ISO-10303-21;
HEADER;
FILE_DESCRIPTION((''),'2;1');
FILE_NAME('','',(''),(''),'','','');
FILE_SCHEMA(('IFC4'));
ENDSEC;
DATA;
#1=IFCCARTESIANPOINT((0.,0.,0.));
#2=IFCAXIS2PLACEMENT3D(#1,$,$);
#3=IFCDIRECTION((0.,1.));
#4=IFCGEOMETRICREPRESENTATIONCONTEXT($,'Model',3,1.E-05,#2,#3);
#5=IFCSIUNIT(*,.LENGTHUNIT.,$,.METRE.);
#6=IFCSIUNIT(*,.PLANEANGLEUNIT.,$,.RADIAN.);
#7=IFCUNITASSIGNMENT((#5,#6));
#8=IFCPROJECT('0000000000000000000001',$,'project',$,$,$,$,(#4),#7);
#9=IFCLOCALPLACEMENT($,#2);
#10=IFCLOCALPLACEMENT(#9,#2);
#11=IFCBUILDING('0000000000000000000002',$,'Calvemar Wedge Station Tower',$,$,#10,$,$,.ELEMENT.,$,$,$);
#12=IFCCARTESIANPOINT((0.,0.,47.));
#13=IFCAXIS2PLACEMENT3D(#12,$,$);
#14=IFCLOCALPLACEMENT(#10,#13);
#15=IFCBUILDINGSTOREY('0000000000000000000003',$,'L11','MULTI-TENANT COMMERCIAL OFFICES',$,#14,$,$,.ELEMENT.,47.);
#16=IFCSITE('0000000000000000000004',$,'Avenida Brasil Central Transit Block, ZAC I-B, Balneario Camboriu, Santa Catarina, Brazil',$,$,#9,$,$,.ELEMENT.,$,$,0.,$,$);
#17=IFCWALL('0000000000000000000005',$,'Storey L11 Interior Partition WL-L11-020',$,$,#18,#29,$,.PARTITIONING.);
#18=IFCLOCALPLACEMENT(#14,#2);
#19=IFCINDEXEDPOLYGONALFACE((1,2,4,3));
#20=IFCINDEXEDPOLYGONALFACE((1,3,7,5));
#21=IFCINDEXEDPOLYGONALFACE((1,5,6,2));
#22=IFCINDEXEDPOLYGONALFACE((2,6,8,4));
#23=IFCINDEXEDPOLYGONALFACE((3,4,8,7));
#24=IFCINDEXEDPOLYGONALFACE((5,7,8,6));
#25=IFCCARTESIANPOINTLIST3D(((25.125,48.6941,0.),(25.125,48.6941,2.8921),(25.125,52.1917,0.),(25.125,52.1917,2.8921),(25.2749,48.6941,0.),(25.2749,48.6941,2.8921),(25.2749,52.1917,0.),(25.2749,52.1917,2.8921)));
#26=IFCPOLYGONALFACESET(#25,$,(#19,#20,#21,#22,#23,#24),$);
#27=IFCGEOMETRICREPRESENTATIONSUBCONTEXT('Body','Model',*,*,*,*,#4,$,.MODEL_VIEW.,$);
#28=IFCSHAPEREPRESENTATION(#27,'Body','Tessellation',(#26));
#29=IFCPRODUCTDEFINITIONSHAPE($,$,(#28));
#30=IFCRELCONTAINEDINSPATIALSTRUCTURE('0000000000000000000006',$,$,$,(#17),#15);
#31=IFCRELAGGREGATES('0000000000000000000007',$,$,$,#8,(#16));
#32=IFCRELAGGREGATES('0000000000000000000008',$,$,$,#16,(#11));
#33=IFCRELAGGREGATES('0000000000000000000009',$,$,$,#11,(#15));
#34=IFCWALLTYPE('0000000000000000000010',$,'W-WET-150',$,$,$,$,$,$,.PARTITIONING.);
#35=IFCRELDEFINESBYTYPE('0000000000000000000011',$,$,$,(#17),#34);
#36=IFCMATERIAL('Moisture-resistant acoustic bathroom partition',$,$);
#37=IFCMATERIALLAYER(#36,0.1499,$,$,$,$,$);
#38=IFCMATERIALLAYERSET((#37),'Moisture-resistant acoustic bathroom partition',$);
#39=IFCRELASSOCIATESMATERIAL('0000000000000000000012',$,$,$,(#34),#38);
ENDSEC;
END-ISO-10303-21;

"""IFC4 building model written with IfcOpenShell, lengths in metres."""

from ifc_helpers import new_model, si_unit, direction, frame, frame_2d, origin, place, context, subcontext, project, spatial, rectangle, extrude, material, layer, layer_set, type_object, element, save


model = new_model("IFC4")

# Units and contexts
model_context = context("Model", 3, precision=1e-05, world=origin(), true_north=direction((0.0, 1.0)))
body_context = subcontext(model_context, "Body", "Model", "MODEL_VIEW")
ifc_project = project(units=[si_unit("LENGTHUNIT", "METRE"), si_unit("PLANEANGLEUNIT", "RADIAN")], contexts=[model_context])

# Site, building, storey
site_placement = place(None, origin())
site = spatial("IfcSite", under=ifc_project, at=site_placement, Name="Avenida Brasil Central Transit Block, ZAC I-B, Balneario Camboriu, Santa Catarina, Brazil", CompositionType="ELEMENT", RefElevation=0.0)
building_placement = place(site_placement, origin())
building = spatial("IfcBuilding", under=site, at=building_placement, Name="Calvemar Wedge Station Tower", CompositionType="ELEMENT")
storey_placement = place(building_placement, frame((0.0, 0.0, 47.0)))
storey = spatial("IfcBuildingStorey", under=building, at=storey_placement, Name="L11", Description="MULTI-TENANT COMMERCIAL OFFICES", CompositionType="ELEMENT", Elevation=47.0)

# Wall
ifc_material_1 = material(Name="Moisture-resistant acoustic bathroom partition")
ifc_layer_1 = layer(ifc_material_1, 0.1499)
ifc_layer_set_1 = layer_set([ifc_layer_1], Name="Moisture-resistant acoustic bathroom partition")
wall_type_1 = type_object("IfcWallType", Name="W-WET-150", PredefinedType="PARTITIONING", material=ifc_layer_set_1)
wall_1_placement = place(storey_placement, frame((25.2, 52.1917, 0.0), z_axis=(0.0, 0.0, 1.0), x_axis=(0.0, -1.0, 0.0)))
element("IfcWall", 1, at=wall_1_placement, inside=storey, type_object=wall_type_1, Name="Storey L11 Interior Partition WL-L11-020", PredefinedType="PARTITIONING", context=body_context, shape_type="SweptSolid", body=[
    extrude(rectangle(XDim=3.4976, YDim=0.1499, at=frame_2d((1.7488, 0.0))), origin(), (0.0, 0.0, 1.0), 2.8921),
])

save(model, "model.ifc")
